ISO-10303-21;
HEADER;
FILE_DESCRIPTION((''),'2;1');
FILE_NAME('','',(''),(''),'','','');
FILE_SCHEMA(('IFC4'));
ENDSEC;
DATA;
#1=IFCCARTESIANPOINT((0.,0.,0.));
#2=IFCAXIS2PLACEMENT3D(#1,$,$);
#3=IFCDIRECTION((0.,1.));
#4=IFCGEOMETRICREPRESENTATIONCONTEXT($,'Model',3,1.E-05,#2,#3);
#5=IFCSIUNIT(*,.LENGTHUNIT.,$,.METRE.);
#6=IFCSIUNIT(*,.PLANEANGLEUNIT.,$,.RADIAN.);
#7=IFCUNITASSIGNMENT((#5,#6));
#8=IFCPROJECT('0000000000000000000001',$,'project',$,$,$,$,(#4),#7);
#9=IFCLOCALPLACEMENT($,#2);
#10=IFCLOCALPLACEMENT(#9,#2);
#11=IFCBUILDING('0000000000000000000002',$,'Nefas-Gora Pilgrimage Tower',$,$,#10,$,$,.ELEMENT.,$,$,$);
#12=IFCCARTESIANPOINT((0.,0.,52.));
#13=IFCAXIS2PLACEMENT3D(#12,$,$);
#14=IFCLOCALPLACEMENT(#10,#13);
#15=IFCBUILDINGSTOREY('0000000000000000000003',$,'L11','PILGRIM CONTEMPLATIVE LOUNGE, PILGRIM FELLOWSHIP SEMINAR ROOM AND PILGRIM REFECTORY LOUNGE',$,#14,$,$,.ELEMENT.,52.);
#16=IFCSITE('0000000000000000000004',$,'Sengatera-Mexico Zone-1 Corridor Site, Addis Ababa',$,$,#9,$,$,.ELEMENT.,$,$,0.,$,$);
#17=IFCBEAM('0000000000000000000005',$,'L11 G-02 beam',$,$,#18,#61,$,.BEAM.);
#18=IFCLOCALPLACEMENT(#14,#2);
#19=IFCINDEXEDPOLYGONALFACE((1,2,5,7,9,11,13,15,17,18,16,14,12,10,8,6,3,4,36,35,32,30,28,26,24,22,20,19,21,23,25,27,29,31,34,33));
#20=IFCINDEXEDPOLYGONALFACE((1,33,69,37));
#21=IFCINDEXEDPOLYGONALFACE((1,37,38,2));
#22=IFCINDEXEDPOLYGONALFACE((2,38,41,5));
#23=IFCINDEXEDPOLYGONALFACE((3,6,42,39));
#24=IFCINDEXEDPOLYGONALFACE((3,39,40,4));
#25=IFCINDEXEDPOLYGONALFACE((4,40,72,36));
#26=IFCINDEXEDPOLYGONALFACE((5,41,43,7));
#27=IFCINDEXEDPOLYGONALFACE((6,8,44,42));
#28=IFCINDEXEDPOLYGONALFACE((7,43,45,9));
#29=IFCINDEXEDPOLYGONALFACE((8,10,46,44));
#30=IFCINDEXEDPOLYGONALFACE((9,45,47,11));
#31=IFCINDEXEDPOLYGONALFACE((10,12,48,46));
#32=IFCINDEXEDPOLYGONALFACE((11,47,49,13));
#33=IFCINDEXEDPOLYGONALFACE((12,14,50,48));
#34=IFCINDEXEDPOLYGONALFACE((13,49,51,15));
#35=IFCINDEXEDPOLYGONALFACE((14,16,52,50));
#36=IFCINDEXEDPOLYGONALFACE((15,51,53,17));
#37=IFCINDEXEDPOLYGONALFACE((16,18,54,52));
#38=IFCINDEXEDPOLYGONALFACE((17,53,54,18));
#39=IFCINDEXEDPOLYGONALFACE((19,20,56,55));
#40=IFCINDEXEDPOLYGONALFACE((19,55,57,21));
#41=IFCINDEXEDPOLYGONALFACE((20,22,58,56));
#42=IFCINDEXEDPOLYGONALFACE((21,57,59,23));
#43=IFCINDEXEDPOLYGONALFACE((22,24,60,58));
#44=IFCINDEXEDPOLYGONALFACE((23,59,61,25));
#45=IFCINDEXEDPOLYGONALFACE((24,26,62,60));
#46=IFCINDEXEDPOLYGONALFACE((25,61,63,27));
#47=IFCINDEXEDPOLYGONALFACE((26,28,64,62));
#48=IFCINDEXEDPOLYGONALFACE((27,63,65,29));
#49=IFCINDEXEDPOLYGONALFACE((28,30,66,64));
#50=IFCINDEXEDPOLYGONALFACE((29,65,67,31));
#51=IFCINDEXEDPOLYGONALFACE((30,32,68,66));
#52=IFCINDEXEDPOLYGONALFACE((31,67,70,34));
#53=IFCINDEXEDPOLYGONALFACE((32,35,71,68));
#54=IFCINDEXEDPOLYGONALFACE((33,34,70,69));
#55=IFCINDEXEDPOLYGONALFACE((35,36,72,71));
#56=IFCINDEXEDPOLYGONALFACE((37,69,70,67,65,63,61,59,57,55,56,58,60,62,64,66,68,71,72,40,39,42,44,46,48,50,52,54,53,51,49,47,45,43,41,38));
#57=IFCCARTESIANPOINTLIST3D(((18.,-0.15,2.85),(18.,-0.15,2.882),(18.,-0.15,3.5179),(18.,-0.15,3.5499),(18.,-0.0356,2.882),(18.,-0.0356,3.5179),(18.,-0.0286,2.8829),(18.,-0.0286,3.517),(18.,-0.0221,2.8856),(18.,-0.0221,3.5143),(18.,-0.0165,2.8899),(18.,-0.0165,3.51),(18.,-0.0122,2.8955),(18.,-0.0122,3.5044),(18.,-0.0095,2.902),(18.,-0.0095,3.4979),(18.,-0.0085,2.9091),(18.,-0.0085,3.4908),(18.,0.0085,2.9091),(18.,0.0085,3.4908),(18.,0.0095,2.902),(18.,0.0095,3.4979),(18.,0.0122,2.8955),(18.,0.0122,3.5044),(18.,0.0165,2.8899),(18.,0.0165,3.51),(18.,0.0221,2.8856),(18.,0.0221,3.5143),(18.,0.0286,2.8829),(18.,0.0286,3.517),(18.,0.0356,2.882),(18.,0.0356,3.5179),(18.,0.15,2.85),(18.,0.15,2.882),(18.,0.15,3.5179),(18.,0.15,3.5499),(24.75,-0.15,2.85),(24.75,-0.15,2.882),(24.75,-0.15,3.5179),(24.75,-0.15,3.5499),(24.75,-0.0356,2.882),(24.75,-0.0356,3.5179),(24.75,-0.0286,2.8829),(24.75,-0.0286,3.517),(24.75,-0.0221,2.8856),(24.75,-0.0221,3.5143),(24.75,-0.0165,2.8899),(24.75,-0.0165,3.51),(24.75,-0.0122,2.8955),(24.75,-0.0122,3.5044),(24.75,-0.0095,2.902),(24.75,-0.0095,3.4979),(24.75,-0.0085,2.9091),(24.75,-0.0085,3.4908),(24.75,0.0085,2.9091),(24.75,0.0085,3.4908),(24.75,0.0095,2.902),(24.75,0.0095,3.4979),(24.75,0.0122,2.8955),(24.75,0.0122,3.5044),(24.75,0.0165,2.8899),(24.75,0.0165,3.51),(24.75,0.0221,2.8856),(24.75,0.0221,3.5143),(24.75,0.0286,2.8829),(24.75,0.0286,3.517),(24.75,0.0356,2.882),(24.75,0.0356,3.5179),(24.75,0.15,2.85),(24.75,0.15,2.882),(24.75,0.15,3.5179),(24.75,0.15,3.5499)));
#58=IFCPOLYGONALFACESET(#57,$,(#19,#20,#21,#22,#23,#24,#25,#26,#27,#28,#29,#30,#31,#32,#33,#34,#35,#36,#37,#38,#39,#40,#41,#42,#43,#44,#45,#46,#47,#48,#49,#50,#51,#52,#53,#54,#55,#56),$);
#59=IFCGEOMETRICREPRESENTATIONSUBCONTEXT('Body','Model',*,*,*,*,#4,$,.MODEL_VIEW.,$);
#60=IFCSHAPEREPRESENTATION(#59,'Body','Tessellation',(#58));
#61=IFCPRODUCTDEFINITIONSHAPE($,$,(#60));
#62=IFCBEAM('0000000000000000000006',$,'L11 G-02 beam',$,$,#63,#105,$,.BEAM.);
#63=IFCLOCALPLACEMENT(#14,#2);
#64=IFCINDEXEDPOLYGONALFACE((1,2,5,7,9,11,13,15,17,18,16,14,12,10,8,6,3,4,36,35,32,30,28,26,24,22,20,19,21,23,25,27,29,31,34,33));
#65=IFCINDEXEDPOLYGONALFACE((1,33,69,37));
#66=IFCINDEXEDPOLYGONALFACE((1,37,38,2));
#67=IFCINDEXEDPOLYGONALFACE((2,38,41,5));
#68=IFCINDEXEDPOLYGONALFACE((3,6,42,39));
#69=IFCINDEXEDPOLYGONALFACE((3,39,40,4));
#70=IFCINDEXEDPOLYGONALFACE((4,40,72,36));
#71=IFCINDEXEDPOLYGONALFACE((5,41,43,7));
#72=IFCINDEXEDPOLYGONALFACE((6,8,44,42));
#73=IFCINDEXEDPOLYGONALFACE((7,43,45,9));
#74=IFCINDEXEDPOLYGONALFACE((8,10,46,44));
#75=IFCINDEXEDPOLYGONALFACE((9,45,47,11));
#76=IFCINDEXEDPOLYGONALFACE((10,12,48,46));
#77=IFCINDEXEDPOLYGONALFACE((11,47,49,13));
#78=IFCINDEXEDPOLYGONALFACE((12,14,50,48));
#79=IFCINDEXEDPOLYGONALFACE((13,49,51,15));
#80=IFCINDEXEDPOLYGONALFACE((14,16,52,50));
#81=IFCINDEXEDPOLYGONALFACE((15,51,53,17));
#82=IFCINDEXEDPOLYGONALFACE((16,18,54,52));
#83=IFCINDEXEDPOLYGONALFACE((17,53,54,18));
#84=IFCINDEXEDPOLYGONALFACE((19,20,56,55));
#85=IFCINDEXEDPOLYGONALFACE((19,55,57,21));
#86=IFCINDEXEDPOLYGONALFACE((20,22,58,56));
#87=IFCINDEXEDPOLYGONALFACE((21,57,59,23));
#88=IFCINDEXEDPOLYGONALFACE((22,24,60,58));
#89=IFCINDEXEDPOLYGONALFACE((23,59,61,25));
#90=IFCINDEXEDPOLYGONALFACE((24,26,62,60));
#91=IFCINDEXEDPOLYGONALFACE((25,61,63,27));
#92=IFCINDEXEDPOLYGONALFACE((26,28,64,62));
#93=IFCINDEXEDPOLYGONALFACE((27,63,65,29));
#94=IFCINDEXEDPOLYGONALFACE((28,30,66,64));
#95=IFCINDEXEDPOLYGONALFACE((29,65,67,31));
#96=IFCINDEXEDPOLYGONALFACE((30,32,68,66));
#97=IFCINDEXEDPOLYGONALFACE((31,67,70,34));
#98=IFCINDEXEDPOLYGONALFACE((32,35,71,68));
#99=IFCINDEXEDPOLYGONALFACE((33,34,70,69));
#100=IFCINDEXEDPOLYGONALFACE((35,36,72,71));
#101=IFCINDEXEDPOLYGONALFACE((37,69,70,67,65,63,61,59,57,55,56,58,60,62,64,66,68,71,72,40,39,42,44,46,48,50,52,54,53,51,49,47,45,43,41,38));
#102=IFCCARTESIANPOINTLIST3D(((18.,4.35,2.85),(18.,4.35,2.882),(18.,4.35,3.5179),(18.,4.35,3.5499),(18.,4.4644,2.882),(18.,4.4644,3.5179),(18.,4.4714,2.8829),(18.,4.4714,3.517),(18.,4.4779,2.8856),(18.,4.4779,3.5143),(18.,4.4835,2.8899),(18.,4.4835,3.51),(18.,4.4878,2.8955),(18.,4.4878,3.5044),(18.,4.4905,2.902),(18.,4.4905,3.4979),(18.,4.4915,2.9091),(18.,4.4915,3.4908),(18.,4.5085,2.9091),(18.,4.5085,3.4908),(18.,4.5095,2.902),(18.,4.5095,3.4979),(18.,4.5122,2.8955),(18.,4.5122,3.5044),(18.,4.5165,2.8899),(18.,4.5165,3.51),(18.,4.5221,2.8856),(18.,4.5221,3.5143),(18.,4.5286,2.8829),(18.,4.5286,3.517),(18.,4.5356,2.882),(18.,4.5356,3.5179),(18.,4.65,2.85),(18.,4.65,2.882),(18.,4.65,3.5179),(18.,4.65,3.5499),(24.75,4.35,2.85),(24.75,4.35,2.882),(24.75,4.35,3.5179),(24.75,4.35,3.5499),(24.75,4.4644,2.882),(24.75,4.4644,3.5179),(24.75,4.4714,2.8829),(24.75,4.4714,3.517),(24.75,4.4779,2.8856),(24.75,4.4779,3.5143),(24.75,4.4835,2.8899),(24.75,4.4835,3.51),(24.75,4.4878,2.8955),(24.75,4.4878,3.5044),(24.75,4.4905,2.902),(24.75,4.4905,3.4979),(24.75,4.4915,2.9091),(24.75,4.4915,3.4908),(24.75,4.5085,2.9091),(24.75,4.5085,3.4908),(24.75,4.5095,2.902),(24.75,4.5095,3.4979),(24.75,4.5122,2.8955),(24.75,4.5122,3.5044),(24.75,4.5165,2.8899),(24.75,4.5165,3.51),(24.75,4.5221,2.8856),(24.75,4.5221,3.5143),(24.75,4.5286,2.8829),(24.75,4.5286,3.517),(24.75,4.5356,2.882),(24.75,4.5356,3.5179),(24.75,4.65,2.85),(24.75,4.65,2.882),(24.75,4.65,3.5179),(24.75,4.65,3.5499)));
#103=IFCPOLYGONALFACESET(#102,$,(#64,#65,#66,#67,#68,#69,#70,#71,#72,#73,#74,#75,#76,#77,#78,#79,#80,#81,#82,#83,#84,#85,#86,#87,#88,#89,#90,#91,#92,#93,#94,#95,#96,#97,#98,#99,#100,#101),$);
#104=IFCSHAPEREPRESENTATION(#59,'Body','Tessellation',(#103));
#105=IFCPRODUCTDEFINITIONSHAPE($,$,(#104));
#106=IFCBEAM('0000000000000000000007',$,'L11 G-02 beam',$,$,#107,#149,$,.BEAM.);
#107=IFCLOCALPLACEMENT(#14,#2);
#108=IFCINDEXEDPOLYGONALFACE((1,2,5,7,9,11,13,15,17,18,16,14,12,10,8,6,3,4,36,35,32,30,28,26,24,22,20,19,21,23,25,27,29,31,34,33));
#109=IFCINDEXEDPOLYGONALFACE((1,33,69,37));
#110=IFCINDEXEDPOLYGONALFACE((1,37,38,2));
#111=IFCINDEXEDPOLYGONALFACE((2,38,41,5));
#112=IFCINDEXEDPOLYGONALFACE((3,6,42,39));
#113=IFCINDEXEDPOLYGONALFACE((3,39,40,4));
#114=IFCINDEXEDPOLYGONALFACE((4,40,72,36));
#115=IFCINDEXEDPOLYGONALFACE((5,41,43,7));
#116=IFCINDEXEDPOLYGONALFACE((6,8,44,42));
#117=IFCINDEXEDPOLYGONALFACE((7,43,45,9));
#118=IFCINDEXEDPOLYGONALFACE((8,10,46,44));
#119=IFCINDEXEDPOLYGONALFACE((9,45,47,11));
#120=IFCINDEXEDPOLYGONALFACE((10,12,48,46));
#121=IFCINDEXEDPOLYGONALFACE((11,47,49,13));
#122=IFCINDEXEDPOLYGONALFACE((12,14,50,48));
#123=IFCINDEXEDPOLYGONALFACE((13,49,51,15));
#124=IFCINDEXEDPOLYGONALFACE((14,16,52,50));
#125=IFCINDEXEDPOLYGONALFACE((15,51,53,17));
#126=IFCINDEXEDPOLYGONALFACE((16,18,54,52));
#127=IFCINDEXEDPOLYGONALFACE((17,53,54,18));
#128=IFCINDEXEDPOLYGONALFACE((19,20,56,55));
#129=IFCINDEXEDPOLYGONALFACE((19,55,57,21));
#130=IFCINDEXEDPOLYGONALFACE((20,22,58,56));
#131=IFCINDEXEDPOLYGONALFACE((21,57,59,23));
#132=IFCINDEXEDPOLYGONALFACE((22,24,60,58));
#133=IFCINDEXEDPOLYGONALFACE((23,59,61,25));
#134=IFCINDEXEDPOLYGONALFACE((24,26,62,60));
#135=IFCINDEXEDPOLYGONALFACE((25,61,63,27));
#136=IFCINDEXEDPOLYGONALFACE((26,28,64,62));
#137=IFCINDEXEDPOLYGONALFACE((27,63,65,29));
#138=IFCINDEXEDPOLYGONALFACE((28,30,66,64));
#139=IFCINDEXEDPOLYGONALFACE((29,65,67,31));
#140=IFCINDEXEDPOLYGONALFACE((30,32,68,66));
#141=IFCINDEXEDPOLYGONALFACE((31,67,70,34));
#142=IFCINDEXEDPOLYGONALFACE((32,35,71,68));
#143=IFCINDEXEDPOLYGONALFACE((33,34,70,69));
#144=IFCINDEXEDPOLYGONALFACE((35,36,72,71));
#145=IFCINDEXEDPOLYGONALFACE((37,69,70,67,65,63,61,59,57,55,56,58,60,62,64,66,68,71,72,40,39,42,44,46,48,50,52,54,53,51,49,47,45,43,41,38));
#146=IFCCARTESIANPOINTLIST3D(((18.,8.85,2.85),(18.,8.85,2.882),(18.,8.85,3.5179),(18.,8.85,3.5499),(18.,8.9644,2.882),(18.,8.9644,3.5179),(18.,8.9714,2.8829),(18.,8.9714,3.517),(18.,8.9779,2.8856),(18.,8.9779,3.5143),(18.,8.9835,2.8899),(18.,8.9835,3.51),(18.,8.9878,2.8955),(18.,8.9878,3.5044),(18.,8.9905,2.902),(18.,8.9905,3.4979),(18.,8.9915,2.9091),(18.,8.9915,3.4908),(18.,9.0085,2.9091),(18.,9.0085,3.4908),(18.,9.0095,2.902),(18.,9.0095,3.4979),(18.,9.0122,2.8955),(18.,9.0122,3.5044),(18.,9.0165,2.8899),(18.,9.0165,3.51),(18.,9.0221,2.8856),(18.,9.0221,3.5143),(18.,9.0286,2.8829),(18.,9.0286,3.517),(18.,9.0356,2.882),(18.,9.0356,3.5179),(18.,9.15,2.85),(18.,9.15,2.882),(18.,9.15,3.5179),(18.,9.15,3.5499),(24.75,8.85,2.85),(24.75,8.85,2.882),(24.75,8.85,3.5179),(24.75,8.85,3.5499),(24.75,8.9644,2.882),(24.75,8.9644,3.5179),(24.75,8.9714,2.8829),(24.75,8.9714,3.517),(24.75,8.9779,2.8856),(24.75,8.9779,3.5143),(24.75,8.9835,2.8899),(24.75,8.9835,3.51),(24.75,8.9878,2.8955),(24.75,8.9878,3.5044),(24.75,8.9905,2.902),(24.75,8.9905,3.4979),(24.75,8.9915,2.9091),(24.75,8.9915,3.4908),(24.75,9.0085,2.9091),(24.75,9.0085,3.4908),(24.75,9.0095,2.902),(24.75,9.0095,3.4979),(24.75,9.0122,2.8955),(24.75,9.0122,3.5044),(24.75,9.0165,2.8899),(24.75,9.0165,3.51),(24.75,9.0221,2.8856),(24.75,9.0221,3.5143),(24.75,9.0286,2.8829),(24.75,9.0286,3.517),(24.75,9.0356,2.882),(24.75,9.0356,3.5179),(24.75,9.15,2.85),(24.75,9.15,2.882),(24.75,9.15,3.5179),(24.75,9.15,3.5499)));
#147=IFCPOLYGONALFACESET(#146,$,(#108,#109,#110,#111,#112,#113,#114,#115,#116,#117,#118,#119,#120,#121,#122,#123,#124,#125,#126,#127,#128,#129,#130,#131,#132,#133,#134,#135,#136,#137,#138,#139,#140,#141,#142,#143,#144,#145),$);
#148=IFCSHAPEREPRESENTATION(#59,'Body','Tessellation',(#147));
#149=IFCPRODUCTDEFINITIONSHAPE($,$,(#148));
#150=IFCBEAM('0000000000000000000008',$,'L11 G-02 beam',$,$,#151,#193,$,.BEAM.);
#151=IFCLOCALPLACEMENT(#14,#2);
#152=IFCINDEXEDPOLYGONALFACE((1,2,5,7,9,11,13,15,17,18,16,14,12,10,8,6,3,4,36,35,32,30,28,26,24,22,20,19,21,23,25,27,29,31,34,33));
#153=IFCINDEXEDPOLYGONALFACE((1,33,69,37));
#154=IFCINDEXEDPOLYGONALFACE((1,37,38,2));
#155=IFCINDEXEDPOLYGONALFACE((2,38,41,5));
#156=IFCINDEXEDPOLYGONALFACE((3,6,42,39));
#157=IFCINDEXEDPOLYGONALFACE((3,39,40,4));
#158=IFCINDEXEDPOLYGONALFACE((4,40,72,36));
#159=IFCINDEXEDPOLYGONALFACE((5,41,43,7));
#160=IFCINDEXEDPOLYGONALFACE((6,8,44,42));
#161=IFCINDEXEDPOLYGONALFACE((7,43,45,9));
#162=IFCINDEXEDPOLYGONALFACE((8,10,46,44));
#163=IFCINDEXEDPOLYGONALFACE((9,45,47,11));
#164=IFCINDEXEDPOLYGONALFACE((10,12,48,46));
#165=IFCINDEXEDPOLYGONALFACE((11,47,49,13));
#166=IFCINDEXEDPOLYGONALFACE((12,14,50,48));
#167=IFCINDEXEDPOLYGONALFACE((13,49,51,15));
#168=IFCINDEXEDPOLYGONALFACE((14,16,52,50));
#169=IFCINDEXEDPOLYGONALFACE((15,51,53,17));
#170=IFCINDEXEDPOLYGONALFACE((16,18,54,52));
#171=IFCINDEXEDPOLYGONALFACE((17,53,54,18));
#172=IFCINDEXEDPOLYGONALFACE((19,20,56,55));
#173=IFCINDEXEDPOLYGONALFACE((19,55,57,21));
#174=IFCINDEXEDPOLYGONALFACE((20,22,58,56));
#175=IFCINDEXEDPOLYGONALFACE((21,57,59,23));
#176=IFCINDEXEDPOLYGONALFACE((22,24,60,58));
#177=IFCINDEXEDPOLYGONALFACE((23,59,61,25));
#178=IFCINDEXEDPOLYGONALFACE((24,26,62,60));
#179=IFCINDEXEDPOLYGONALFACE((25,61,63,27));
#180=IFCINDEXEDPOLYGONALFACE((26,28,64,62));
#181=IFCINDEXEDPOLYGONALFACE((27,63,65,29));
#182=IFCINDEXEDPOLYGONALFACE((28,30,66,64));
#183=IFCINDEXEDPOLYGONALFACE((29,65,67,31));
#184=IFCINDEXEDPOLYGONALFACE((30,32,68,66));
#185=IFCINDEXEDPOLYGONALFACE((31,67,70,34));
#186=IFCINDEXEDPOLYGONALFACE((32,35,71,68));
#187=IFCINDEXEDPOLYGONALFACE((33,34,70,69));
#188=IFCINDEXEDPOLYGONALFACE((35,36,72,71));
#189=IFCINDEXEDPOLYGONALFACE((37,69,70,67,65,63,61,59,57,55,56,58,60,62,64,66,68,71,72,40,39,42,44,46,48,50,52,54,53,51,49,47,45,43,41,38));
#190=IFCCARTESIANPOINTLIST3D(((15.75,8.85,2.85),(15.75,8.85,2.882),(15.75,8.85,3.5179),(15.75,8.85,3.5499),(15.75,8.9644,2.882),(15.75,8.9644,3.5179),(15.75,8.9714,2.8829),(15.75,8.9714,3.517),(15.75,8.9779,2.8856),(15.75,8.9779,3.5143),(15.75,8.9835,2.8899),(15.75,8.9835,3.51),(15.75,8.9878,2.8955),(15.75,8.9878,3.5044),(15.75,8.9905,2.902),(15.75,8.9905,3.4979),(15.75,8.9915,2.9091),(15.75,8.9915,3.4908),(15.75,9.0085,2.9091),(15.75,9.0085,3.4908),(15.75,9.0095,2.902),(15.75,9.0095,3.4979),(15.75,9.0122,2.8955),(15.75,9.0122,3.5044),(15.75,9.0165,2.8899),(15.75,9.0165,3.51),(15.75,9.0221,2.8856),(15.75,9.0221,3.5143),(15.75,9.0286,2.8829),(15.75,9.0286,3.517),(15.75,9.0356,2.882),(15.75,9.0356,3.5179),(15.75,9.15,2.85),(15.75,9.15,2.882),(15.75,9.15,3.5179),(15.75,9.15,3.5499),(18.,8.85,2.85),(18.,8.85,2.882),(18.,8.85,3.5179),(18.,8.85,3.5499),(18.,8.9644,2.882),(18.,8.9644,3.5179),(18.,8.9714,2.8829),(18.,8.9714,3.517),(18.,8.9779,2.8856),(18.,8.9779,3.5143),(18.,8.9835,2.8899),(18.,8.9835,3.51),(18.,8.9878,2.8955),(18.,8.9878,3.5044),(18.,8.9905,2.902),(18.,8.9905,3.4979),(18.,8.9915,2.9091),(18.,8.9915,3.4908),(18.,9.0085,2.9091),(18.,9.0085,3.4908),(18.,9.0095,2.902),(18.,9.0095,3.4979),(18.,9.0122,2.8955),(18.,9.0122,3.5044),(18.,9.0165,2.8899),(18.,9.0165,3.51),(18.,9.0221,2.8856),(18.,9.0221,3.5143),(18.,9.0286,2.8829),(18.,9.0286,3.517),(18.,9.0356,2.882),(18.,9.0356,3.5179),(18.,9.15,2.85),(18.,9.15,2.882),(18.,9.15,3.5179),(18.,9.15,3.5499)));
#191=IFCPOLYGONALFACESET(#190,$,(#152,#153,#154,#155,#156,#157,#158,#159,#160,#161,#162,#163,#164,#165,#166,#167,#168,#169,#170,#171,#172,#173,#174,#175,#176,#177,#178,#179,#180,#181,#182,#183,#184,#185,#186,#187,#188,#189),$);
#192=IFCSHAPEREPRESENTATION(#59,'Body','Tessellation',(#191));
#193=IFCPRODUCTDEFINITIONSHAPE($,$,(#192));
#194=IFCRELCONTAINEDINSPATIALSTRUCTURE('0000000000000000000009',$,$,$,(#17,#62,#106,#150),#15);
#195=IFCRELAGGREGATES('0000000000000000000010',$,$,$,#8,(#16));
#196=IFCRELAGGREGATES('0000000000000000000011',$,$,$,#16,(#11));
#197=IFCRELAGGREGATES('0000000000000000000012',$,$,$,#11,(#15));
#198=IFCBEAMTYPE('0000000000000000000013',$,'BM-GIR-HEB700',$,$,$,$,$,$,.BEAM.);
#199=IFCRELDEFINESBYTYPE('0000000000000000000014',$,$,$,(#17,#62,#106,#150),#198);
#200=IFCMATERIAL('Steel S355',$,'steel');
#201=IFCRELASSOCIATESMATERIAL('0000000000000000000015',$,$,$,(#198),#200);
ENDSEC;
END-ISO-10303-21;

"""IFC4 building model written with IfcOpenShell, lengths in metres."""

from ifc_helpers import new_model, si_unit, direction, frame, origin, origin_2d, place, context, subcontext, project, spatial, i_section, extrude, source, transform, mapped, material, material_profile, profile_set, type_object, element, save


model = new_model("IFC4")

# Units and contexts
model_context = context("Model", 3, precision=1e-05, world=origin(), true_north=direction((0.0, 1.0)))
body_context = subcontext(model_context, "Body", "Model", "MODEL_VIEW")
ifc_project = project(units=[si_unit("LENGTHUNIT", "METRE"), si_unit("PLANEANGLEUNIT", "RADIAN")], contexts=[model_context])

# Site, building, storey
site_placement = place(None, origin())
site = spatial("IfcSite", under=ifc_project, at=site_placement, Name="Sengatera-Mexico Zone-1 Corridor Site, Addis Ababa", CompositionType="ELEMENT", RefElevation=0.0)
building_placement = place(site_placement, origin())
building = spatial("IfcBuilding", under=site, at=building_placement, Name="Nefas-Gora Pilgrimage Tower", CompositionType="ELEMENT")
storey_placement = place(building_placement, frame((0.0, 0.0, 52.0)))
storey = spatial("IfcBuildingStorey", under=building, at=storey_placement, Name="L11", Description="PILGRIM CONTEMPLATIVE LOUNGE, PILGRIM FELLOWSHIP SEMINAR ROOM AND PILGRIM REFECTORY LOUNGE", CompositionType="ELEMENT", Elevation=52.0)

# Beams
ifc_material_1 = material(Name="Steel S355", Category="steel")
ifc_material_profile_1 = material_profile(ifc_material_1, i_section(OverallWidth=0.3, OverallDepth=0.7, WebThickness=0.0171, FlangeThickness=0.032, FilletRadius=0.0271, at=origin_2d()), Name="HEB 700")
ifc_profile_set_1 = profile_set([ifc_material_profile_1], Name="Steel S355")
beam_type_1 = type_object("IfcBeamType", Name="BM-GIR-HEB700", PredefinedType="BEAM", material=ifc_profile_set_1)
shared_shape_1 = source(origin(), body_context, "Body", "SweptSolid", [
    extrude(i_section(OverallWidth=0.3, OverallDepth=0.7, WebThickness=0.0171, FlangeThickness=0.032, FilletRadius=0.0271, at=origin_2d()), origin(), (0.0, 0.0, 1.0), 6.75),
])
for number, where, z_axis, x_axis, name in (
    (1, (18.0, 0.0, 3.2), (1.0, 0.0, 0.0), (0.0, 1.0, 0.0), "L11 G-02 beam"),
    (2, (18.0, 4.5, 3.2), (1.0, 0.0, 0.0), (0.0, 1.0, 0.0), "L11 G-02 beam"),
    (3, (18.0, 9.0, 3.2), (1.0, 0.0, 0.0), (0.0, 1.0, 0.0), "L11 G-02 beam"),
):
    element("IfcBeam", number, at=place(storey_placement, frame(where, z_axis=z_axis, x_axis=x_axis)), inside=storey, type_object=beam_type_1, Name=name, PredefinedType="BEAM", context=body_context, shape_type="MappedRepresentation", body=[
        mapped(shared_shape_1, transform((0.0, 0.0, 0.0), x_axis=(1.0, 0.0, 0.0), y_axis=(0.0, 1.0, 0.0), z_axis=(0.0, 0.0, 1.0), scale=1.0)),
    ])
shared_shape_2 = source(origin(), body_context, "Body", "SweptSolid", [
    extrude(i_section(OverallWidth=0.3, OverallDepth=0.7, WebThickness=0.0171, FlangeThickness=0.032, FilletRadius=0.0271, at=origin_2d()), origin(), (0.0, 0.0, 1.0), 2.25),
])
beam_placement = place(storey_placement, frame((15.75, 9.0, 3.2), z_axis=(1.0, 0.0, 0.0), x_axis=(0.0, 1.0, 0.0)))
element("IfcBeam", 4, at=beam_placement, inside=storey, type_object=beam_type_1, Name="L11 G-02 beam", PredefinedType="BEAM", context=body_context, shape_type="MappedRepresentation", body=[
    mapped(shared_shape_2, transform((0.0, 0.0, 0.0), x_axis=(1.0, 0.0, 0.0), y_axis=(0.0, 1.0, 0.0), z_axis=(0.0, 0.0, 1.0), scale=1.0)),
])

save(model, "model.ifc")
